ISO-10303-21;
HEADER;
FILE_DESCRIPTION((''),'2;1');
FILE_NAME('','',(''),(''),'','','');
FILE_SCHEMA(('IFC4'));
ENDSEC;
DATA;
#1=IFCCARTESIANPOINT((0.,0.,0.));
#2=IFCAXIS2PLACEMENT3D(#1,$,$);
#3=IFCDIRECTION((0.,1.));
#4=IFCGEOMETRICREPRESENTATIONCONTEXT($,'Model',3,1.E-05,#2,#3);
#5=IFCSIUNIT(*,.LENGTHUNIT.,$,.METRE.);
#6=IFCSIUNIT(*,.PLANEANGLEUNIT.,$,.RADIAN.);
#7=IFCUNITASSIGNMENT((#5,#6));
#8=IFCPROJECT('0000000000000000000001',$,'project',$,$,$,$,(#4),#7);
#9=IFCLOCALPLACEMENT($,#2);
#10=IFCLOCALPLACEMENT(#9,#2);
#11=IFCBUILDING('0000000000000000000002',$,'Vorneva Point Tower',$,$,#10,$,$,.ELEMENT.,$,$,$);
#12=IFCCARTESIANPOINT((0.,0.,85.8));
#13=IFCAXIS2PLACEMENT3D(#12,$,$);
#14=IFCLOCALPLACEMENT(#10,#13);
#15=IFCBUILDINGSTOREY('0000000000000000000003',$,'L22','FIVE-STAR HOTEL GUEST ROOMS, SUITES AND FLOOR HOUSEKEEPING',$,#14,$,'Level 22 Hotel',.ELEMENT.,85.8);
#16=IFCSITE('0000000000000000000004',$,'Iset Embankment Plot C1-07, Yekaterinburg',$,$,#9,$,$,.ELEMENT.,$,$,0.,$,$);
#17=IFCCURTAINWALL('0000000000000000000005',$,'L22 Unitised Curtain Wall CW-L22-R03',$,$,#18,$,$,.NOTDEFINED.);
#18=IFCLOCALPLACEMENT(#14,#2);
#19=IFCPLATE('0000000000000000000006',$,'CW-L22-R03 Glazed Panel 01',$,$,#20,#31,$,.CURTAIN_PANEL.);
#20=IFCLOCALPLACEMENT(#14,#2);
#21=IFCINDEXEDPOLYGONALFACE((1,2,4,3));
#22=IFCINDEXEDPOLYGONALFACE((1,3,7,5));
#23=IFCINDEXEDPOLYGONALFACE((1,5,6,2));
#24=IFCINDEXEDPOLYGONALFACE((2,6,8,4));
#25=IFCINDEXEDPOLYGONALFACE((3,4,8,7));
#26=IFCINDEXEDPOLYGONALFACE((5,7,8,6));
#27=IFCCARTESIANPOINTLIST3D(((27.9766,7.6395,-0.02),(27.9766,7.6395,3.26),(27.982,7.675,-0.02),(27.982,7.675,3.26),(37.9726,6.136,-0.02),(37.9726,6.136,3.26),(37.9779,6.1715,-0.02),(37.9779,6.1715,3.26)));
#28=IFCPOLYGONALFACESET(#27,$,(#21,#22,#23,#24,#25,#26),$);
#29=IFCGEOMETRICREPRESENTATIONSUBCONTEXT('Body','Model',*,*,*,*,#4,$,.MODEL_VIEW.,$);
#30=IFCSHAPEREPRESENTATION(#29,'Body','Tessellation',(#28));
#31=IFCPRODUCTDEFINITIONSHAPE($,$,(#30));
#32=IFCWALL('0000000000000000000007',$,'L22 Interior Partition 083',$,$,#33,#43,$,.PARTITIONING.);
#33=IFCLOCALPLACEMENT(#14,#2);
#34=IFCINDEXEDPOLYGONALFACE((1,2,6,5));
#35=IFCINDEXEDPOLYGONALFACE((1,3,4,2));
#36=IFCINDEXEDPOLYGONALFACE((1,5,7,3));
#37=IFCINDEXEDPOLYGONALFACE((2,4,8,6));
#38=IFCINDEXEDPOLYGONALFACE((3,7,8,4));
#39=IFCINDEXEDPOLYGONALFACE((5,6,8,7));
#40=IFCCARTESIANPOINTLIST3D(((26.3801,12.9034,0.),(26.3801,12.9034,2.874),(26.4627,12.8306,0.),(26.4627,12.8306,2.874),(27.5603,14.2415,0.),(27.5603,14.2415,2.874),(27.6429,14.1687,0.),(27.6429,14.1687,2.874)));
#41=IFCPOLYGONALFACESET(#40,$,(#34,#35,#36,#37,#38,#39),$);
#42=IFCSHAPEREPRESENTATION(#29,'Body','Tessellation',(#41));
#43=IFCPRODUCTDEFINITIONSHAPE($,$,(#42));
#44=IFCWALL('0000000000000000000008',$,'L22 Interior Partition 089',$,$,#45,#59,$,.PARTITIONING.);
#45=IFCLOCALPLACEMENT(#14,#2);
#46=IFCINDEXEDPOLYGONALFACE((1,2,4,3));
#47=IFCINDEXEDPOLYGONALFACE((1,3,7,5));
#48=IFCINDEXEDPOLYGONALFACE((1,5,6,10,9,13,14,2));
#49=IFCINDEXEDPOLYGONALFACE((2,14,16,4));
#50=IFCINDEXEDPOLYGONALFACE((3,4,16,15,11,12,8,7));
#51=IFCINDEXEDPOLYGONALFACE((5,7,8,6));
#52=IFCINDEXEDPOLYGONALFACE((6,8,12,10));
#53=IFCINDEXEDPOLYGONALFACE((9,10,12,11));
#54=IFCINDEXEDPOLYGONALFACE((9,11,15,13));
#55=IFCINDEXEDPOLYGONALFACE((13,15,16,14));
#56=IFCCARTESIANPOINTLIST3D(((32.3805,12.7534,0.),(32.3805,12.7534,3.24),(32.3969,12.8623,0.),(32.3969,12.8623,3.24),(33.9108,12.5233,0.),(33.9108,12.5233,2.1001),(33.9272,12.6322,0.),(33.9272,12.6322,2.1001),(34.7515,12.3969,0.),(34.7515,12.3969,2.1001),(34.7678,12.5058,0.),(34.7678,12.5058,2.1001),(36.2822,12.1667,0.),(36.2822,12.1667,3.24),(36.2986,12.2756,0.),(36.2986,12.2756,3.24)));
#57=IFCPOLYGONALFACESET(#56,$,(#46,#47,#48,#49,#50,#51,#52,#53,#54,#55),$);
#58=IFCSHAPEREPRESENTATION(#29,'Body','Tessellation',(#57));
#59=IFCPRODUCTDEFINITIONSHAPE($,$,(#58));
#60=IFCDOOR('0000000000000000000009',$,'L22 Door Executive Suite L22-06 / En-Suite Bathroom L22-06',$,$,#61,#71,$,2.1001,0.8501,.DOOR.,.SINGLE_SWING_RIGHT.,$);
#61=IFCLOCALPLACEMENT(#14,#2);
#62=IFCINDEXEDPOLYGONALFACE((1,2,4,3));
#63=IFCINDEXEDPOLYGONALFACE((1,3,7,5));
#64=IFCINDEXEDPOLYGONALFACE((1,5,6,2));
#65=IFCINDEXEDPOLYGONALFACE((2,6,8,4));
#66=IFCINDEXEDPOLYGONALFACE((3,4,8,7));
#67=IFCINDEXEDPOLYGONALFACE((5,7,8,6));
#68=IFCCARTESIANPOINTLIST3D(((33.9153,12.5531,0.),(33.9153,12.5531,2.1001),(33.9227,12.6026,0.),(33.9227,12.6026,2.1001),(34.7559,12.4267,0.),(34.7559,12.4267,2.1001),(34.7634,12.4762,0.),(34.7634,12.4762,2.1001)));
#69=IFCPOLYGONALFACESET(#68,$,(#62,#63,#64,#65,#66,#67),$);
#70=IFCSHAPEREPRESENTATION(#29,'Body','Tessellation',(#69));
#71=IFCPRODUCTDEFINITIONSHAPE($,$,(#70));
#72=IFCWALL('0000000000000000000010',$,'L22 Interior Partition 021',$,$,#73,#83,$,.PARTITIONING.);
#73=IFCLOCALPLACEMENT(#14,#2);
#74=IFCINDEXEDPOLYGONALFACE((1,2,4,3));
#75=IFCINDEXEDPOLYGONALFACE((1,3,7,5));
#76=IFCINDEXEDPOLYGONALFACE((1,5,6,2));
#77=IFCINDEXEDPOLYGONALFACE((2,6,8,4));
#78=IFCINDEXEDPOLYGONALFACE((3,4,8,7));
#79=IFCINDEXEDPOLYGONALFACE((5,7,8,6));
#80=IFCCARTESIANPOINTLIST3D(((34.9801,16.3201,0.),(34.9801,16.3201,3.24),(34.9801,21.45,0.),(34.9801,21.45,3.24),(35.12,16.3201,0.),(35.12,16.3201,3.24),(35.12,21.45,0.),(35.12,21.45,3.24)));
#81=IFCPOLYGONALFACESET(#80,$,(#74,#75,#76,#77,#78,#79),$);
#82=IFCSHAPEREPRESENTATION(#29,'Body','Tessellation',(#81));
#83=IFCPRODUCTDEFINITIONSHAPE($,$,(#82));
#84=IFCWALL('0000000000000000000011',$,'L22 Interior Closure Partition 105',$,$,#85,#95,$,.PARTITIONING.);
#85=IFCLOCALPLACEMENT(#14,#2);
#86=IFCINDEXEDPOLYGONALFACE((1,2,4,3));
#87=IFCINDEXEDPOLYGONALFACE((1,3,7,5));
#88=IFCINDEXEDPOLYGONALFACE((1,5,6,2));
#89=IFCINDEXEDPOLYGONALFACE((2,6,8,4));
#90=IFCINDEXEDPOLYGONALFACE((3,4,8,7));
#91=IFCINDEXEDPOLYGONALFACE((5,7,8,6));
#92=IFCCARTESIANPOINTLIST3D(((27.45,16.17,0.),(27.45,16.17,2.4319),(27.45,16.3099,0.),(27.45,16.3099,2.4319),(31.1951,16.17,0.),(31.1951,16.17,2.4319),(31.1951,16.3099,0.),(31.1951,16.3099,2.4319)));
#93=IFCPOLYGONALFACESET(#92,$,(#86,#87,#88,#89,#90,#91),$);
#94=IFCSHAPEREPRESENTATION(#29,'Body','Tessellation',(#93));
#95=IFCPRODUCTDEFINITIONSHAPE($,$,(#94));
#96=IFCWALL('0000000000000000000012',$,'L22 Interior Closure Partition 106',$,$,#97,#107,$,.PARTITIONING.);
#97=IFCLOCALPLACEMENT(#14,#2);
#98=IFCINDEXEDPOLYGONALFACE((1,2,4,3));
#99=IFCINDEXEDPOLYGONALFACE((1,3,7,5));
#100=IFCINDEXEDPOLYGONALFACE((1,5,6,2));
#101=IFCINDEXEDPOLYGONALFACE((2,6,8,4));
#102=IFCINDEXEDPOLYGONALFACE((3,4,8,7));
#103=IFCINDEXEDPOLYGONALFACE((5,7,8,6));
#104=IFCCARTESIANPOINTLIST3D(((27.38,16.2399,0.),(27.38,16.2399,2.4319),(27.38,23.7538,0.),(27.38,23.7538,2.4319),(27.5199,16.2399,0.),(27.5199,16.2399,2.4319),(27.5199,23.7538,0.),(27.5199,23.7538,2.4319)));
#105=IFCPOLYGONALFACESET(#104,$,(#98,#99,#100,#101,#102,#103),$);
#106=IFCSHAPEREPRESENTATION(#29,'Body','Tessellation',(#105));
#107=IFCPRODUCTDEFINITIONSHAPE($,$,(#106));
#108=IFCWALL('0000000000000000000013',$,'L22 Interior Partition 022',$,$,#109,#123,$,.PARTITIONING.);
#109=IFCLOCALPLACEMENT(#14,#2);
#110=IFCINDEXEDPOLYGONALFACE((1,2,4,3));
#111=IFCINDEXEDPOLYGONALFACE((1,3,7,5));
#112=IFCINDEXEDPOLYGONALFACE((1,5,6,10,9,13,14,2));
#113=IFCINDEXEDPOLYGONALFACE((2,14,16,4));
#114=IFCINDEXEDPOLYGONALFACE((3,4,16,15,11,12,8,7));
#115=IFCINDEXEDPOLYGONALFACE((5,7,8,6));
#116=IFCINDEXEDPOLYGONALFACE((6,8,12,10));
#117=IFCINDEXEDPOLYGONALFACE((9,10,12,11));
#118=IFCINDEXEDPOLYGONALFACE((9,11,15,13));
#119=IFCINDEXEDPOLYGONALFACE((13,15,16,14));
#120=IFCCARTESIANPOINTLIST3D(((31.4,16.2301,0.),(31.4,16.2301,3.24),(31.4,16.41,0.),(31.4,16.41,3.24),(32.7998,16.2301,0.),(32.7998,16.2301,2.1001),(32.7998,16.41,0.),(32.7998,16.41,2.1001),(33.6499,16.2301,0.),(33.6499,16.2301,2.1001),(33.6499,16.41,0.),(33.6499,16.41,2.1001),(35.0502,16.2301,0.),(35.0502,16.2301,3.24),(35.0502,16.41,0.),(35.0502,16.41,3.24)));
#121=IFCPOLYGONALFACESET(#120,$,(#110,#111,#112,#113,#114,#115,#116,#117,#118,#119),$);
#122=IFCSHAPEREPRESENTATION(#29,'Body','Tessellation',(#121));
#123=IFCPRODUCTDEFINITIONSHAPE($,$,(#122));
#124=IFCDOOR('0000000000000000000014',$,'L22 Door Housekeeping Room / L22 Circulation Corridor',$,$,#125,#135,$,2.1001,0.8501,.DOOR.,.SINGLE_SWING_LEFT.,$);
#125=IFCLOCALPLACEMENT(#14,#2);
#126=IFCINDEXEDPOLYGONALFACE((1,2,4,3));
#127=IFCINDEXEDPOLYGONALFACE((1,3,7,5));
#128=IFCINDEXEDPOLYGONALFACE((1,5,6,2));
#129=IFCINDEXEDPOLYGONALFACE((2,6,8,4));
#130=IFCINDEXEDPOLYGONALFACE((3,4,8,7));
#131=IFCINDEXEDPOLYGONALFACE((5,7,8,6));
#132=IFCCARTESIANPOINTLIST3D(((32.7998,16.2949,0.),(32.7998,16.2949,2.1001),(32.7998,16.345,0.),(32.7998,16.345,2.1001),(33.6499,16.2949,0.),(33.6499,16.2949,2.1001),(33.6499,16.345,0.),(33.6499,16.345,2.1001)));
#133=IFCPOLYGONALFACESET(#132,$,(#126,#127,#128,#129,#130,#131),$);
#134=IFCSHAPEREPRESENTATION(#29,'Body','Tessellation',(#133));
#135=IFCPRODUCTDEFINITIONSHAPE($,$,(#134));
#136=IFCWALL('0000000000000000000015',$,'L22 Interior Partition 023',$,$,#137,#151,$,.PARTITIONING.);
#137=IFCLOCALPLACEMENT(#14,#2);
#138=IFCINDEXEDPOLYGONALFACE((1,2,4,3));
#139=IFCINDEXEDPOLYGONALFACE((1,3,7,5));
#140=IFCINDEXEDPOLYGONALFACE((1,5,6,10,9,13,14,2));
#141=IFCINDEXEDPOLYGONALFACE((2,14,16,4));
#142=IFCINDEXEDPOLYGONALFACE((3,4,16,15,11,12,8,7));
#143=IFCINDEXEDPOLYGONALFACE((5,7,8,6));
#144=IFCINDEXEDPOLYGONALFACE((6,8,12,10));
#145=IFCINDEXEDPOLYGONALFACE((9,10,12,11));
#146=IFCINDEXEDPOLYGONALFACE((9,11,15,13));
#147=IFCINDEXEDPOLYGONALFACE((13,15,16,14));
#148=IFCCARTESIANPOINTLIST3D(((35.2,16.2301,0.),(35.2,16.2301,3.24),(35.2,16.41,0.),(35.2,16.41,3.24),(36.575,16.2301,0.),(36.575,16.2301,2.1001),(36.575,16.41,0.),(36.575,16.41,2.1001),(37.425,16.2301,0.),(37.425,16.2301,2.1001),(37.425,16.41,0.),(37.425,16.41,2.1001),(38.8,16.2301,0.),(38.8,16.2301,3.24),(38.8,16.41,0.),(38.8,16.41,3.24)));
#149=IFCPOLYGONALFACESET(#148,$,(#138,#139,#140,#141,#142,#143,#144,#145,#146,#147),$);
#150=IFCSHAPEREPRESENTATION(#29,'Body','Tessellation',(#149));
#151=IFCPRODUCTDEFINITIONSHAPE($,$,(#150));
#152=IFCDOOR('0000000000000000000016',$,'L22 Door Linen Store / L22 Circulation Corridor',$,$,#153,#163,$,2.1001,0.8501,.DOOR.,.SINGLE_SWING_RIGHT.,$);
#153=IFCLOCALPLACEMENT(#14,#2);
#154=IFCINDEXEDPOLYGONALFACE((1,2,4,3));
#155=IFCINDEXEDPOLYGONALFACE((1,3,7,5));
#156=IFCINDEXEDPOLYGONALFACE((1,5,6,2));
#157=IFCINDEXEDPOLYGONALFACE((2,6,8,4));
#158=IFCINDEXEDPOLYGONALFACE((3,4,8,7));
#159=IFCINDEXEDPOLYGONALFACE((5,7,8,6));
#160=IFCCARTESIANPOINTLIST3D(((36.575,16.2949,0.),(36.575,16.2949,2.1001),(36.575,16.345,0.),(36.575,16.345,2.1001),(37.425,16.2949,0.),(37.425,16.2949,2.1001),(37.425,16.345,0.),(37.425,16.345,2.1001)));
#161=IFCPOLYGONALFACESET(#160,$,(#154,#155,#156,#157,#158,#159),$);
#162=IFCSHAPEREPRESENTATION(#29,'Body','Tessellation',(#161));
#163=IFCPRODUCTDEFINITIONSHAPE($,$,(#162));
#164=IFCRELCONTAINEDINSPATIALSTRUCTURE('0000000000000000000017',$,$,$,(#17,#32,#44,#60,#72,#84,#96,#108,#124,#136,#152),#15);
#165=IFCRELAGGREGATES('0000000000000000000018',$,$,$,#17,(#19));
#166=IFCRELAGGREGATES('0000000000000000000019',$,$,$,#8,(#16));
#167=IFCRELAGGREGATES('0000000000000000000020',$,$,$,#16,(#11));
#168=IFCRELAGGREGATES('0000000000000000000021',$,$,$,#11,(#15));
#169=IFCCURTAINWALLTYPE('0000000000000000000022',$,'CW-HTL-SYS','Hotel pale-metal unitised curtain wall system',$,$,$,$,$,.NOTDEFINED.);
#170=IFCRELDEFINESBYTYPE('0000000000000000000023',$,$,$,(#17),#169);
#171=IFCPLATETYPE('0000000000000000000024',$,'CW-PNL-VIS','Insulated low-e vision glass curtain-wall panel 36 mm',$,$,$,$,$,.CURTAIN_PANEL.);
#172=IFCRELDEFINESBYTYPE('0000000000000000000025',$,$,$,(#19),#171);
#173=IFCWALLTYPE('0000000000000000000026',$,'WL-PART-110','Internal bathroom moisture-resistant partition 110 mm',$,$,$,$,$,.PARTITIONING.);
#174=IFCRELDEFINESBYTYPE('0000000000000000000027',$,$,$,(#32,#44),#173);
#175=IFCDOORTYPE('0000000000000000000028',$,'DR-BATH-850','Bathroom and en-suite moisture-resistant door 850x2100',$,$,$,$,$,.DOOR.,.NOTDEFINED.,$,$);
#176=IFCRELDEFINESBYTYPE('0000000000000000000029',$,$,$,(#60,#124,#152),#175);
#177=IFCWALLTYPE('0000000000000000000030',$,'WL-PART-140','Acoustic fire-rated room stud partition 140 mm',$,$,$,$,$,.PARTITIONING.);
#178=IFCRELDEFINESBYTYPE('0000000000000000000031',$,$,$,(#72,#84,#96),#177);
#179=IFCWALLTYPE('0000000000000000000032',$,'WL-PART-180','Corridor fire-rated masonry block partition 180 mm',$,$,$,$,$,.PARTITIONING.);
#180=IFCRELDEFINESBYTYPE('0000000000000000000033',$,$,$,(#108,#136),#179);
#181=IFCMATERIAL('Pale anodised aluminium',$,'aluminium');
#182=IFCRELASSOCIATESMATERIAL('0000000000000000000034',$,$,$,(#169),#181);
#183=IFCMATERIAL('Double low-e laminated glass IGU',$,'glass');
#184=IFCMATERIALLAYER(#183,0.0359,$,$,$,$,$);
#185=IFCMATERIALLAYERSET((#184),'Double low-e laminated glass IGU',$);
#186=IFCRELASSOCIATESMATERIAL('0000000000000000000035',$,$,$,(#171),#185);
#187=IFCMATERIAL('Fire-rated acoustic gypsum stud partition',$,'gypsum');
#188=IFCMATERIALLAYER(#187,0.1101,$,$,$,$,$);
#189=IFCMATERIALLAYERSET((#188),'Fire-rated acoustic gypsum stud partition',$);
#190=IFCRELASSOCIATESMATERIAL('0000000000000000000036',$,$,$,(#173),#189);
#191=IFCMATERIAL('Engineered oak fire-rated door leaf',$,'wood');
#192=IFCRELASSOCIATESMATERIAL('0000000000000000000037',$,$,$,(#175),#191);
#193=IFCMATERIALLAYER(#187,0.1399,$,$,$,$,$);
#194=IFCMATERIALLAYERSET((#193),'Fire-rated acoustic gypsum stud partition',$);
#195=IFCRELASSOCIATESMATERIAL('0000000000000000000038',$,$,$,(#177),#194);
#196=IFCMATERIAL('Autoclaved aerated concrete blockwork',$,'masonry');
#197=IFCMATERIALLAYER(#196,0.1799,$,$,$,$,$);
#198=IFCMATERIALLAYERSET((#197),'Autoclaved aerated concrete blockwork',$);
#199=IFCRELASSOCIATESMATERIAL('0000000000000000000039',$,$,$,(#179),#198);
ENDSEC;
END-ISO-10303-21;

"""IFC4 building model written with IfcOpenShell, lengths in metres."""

from ifc_helpers import new_model, si_unit, direction, frame, frame_2d, origin, origin_2d, place, context, subcontext, project, spatial, rectangle, extrude, material, layer, layer_set, type_object, element, fill, aggregate, save


model = new_model("IFC4")

# Units and contexts
model_context = context("Model", 3, precision=1e-05, world=origin(), true_north=direction((0.0, 1.0)))
body_context = subcontext(model_context, "Body", "Model", "MODEL_VIEW")
ifc_project = project(units=[si_unit("LENGTHUNIT", "METRE"), si_unit("PLANEANGLEUNIT", "RADIAN")], contexts=[model_context])

# Site, building, storey
site_placement = place(None, origin())
site = spatial("IfcSite", under=ifc_project, at=site_placement, Name="Iset Embankment Plot C1-07, Yekaterinburg", CompositionType="ELEMENT", RefElevation=0.0)
building_placement = place(site_placement, origin())
building = spatial("IfcBuilding", under=site, at=building_placement, Name="Vorneva Point Tower", CompositionType="ELEMENT")
storey_placement = place(building_placement, frame((0.0, 0.0, 85.8)))
storey = spatial("IfcBuildingStorey", under=building, at=storey_placement, Name="L22", Description="FIVE-STAR HOTEL GUEST ROOMS, SUITES AND FLOOR HOUSEKEEPING", LongName="Level 22 Hotel", CompositionType="ELEMENT", Elevation=85.8)

# Curtain wall, plate
ifc_material_1 = material(Name="Pale anodised aluminium", Category="aluminium")
curtain_wall_type = type_object("IfcCurtainWallType", Name="CW-HTL-SYS", Description="Hotel pale-metal unitised curtain wall system", PredefinedType="NOTDEFINED", material=ifc_material_1)
curtain_wall_placement = place(storey_placement, origin())
curtain_wall = element("IfcCurtainWall", 1, at=curtain_wall_placement, inside=storey, type_object=curtain_wall_type, Name="L22 Unitised Curtain Wall CW-L22-R03", PredefinedType="NOTDEFINED")
ifc_material_2 = material(Name="Double low-e laminated glass IGU", Category="glass")
ifc_layer_1 = layer(ifc_material_2, 0.0359)
ifc_layer_set_1 = layer_set([ifc_layer_1], Name="Double low-e laminated glass IGU")
plate_type = type_object("IfcPlateType", Name="CW-PNL-VIS", Description="Insulated low-e vision glass curtain-wall panel 36 mm", PredefinedType="CURTAIN_PANEL", material=ifc_layer_set_1)
plate_placement = place(storey_placement, frame((32.9773, 6.9055, -0.02), z_axis=(0.0, 0.0, 1.0), x_axis=(0.988876, -0.148741, 0.0)))
plate = element("IfcPlate", 2, at=plate_placement, type_object=plate_type, Name="CW-L22-R03 Glazed Panel 01", PredefinedType="CURTAIN_PANEL", context=body_context, shape_type="SweptSolid", body=[
    extrude(rectangle(XDim=10.1084, YDim=0.0359, at=origin_2d()), origin(), (0.0, 0.0, 1.0), 3.28),
])
aggregate(curtain_wall, [plate])

# Wall
ifc_material_3 = material(Name="Fire-rated acoustic gypsum stud partition", Category="gypsum")
ifc_layer_2 = layer(ifc_material_3, 0.1101)
ifc_layer_set_2 = layer_set([ifc_layer_2], Name="Fire-rated acoustic gypsum stud partition")
wall_type_1 = type_object("IfcWallType", Name="WL-PART-110", Description="Internal bathroom moisture-resistant partition 110 mm", PredefinedType="PARTITIONING", material=ifc_layer_set_2)
wall_1_placement = place(storey_placement, frame((27.6016, 14.2051, 0.0), z_axis=(0.0, 0.0, 1.0), x_axis=(-0.661454, -0.749986, 0.0)))
element("IfcWall", 3, at=wall_1_placement, inside=storey, type_object=wall_type_1, Name="L22 Interior Partition 083", PredefinedType="PARTITIONING", context=body_context, shape_type="SweptSolid", body=[
    extrude(rectangle(XDim=1.7842, YDim=0.1101, at=frame_2d((0.8921, 0.0))), origin(), (0.0, 0.0, 1.0), 2.874),
])

# Wall, opening, door
wall_2_placement = place(storey_placement, frame((36.2903, 12.2212, 0.0), z_axis=(0.0, 0.0, 1.0), x_axis=(-0.988883, 0.148694, 0.0)))
wall_2 = element("IfcWall", 4, at=wall_2_placement, inside=storey, type_object=wall_type_1, Name="L22 Interior Partition 089", PredefinedType="PARTITIONING", context=body_context, shape_type="SweptSolid", body=[
    extrude(rectangle(XDim=3.9456, YDim=0.1101, at=frame_2d((1.9727, 0.0))), origin(), (0.0, 0.0, 1.0), 3.24),
])
opening_1_placement = place(wall_2_placement, frame((1.5479, 0.0, 0.0)))
opening_1 = element("IfcOpeningElement", 5, at=opening_1_placement, cuts=wall_2, PredefinedType="OPENING", context=body_context, shape_type="SweptSolid", body=[
    extrude(rectangle(XDim=0.8501, YDim=2.1001, at=frame_2d((0.425, 1.05))), frame((0.0, 0.0698, 0.0), z_axis=(0.0, -1.0, 0.0), x_axis=(1.0, 0.0, 0.0)), (0.0, 0.0, 1.0), 0.1399),
])
ifc_material_4 = material(Name="Engineered oak fire-rated door leaf", Category="wood")
door_type_1 = type_object("IfcDoorType", Name="DR-BATH-850", Description="Bathroom and en-suite moisture-resistant door 850x2100", OperationType="NOTDEFINED", PredefinedType="DOOR", material=ifc_material_4)
door_1_placement = place(opening_1_placement, origin())
door_1 = element("IfcDoor", 6, at=door_1_placement, inside=storey, type_object=door_type_1, Name="L22 Door Executive Suite L22-06 / En-Suite Bathroom L22-06", OperationType="SINGLE_SWING_RIGHT", OverallHeight=2.1001, OverallWidth=0.8501, PredefinedType="DOOR", context=body_context, shape_type="SweptSolid", body=[
    extrude(rectangle(XDim=0.8501, YDim=2.1001, at=frame_2d((0.425, 1.05))), frame((0.0, 0.0249, 0.0), z_axis=(0.0, -1.0, 0.0), x_axis=(1.0, 0.0, 0.0)), (0.0, 0.0, 1.0), 0.05),
])
fill(opening_1, door_1)

# Walls
ifc_layer_3 = layer(ifc_material_3, 0.1399)
ifc_layer_set_3 = layer_set([ifc_layer_3], Name="Fire-rated acoustic gypsum stud partition")
wall_type_2 = type_object("IfcWallType", Name="WL-PART-140", Description="Acoustic fire-rated room stud partition 140 mm", PredefinedType="PARTITIONING", material=ifc_layer_set_3)
wall_3_placement = place(storey_placement, frame((35.05, 16.3201, 0.0), z_axis=(0.0, 0.0, 1.0), x_axis=(0.0, 1.0, 0.0)))
element("IfcWall", 7, at=wall_3_placement, inside=storey, type_object=wall_type_2, Name="L22 Interior Partition 021", PredefinedType="PARTITIONING", context=body_context, shape_type="SweptSolid", body=[
    extrude(rectangle(XDim=5.1299, YDim=0.1399, at=frame_2d((2.5649, 0.0))), origin(), (0.0, 0.0, 1.0), 3.24),
])
wall_4_placement = place(storey_placement, frame((31.1951, 16.24, 0.0), z_axis=(0.0, 0.0, 1.0), x_axis=(-1.0, 0.0, 0.0)))
element("IfcWall", 8, at=wall_4_placement, inside=storey, type_object=wall_type_2, Name="L22 Interior Closure Partition 105", PredefinedType="PARTITIONING", context=body_context, shape_type="SweptSolid", body=[
    extrude(rectangle(XDim=3.7451, YDim=0.1399, at=frame_2d((1.8726, 0.0))), origin(), (0.0, 0.0, 1.0), 2.4319),
])
wall_5_placement = place(storey_placement, frame((27.45, 16.24, 0.0), z_axis=(0.0, 0.0, 1.0), x_axis=(0.0, 1.0, 0.0)))
element("IfcWall", 9, at=wall_5_placement, inside=storey, type_object=wall_type_2, Name="L22 Interior Closure Partition 106", PredefinedType="PARTITIONING", context=body_context, shape_type="SweptSolid", body=[
    extrude(rectangle(XDim=7.5139, YDim=0.1399, at=frame_2d((3.7568, 0.0))), origin(), (0.0, 0.0, 1.0), 2.4319),
])

# Walls, openings, doors
ifc_material_5 = material(Name="Autoclaved aerated concrete blockwork", Category="masonry")
ifc_layer_4 = layer(ifc_material_5, 0.1799)
ifc_layer_set_4 = layer_set([ifc_layer_4], Name="Autoclaved aerated concrete blockwork")
wall_type_3 = type_object("IfcWallType", Name="WL-PART-180", Description="Corridor fire-rated masonry block partition 180 mm", PredefinedType="PARTITIONING", material=ifc_layer_set_4)
wall_6_placement = place(storey_placement, frame((31.3999, 16.3201, 0.0), z_axis=(0.0, 0.0, 1.0), x_axis=(1.0, 0.0, 0.0)))
wall_6 = element("IfcWall", 10, at=wall_6_placement, inside=storey, type_object=wall_type_3, Name="L22 Interior Partition 022", PredefinedType="PARTITIONING", context=body_context, shape_type="SweptSolid", body=[
    extrude(rectangle(XDim=3.6501, YDim=0.1799, at=frame_2d((1.8252, 0.0))), origin(), (0.0, 0.0, 1.0), 3.24),
])
opening_2_placement = place(wall_6_placement, frame((1.3999, 0.0, 0.0)))
opening_2 = element("IfcOpeningElement", 11, at=opening_2_placement, cuts=wall_6, PredefinedType="OPENING", context=body_context, shape_type="SweptSolid", body=[
    extrude(rectangle(XDim=0.8501, YDim=2.1001, at=frame_2d((0.425, 1.05))), frame((0.0, 0.105, 0.0), z_axis=(0.0, -1.0, 0.0), x_axis=(1.0, 0.0, 0.0)), (0.0, 0.0, 1.0), 0.2097),
])
door_2_placement = place(opening_2_placement, origin())
door_2 = element("IfcDoor", 12, at=door_2_placement, inside=storey, type_object=door_type_1, Name="L22 Door Housekeeping Room / L22 Circulation Corridor", OperationType="SINGLE_SWING_LEFT", OverallHeight=2.1001, OverallWidth=0.8501, PredefinedType="DOOR", context=body_context, shape_type="SweptSolid", body=[
    extrude(rectangle(XDim=0.8501, YDim=2.1001, at=frame_2d((0.425, 1.05))), frame((0.0, 0.0249, 0.0), z_axis=(0.0, -1.0, 0.0), x_axis=(1.0, 0.0, 0.0)), (0.0, 0.0, 1.0), 0.05),
])
fill(opening_2, door_2)
wall_7_placement = place(storey_placement, frame((35.2, 16.3201, 0.0), z_axis=(0.0, 0.0, 1.0), x_axis=(1.0, 0.0, 0.0)))
wall_7 = element("IfcWall", 13, at=wall_7_placement, inside=storey, type_object=wall_type_3, Name="L22 Interior Partition 023", PredefinedType="PARTITIONING", context=body_context, shape_type="SweptSolid", body=[
    extrude(rectangle(XDim=3.6001, YDim=0.1799, at=frame_2d((1.8, 0.0))), origin(), (0.0, 0.0, 1.0), 3.24),
])
opening_3_placement = place(wall_7_placement, frame((1.375, 0.0, 0.0)))
opening_3 = element("IfcOpeningElement", 14, at=opening_3_placement, cuts=wall_7, PredefinedType="OPENING", context=body_context, shape_type="SweptSolid", body=[
    extrude(rectangle(XDim=0.8501, YDim=2.1001, at=frame_2d((0.425, 1.05))), frame((0.0, 0.105, 0.0), z_axis=(0.0, -1.0, 0.0), x_axis=(1.0, 0.0, 0.0)), (0.0, 0.0, 1.0), 0.2097),
])
door_3_placement = place(opening_3_placement, origin())
door_3 = element("IfcDoor", 15, at=door_3_placement, inside=storey, type_object=door_type_1, Name="L22 Door Linen Store / L22 Circulation Corridor", OperationType="SINGLE_SWING_RIGHT", OverallHeight=2.1001, OverallWidth=0.8501, PredefinedType="DOOR", context=body_context, shape_type="SweptSolid", body=[
    extrude(rectangle(XDim=0.8501, YDim=2.1001, at=frame_2d((0.425, 1.05))), frame((0.0, 0.0249, 0.0), z_axis=(0.0, -1.0, 0.0), x_axis=(1.0, 0.0, 0.0)), (0.0, 0.0, 1.0), 0.05),
])
fill(opening_3, door_3)

save(model, "model.ifc")
